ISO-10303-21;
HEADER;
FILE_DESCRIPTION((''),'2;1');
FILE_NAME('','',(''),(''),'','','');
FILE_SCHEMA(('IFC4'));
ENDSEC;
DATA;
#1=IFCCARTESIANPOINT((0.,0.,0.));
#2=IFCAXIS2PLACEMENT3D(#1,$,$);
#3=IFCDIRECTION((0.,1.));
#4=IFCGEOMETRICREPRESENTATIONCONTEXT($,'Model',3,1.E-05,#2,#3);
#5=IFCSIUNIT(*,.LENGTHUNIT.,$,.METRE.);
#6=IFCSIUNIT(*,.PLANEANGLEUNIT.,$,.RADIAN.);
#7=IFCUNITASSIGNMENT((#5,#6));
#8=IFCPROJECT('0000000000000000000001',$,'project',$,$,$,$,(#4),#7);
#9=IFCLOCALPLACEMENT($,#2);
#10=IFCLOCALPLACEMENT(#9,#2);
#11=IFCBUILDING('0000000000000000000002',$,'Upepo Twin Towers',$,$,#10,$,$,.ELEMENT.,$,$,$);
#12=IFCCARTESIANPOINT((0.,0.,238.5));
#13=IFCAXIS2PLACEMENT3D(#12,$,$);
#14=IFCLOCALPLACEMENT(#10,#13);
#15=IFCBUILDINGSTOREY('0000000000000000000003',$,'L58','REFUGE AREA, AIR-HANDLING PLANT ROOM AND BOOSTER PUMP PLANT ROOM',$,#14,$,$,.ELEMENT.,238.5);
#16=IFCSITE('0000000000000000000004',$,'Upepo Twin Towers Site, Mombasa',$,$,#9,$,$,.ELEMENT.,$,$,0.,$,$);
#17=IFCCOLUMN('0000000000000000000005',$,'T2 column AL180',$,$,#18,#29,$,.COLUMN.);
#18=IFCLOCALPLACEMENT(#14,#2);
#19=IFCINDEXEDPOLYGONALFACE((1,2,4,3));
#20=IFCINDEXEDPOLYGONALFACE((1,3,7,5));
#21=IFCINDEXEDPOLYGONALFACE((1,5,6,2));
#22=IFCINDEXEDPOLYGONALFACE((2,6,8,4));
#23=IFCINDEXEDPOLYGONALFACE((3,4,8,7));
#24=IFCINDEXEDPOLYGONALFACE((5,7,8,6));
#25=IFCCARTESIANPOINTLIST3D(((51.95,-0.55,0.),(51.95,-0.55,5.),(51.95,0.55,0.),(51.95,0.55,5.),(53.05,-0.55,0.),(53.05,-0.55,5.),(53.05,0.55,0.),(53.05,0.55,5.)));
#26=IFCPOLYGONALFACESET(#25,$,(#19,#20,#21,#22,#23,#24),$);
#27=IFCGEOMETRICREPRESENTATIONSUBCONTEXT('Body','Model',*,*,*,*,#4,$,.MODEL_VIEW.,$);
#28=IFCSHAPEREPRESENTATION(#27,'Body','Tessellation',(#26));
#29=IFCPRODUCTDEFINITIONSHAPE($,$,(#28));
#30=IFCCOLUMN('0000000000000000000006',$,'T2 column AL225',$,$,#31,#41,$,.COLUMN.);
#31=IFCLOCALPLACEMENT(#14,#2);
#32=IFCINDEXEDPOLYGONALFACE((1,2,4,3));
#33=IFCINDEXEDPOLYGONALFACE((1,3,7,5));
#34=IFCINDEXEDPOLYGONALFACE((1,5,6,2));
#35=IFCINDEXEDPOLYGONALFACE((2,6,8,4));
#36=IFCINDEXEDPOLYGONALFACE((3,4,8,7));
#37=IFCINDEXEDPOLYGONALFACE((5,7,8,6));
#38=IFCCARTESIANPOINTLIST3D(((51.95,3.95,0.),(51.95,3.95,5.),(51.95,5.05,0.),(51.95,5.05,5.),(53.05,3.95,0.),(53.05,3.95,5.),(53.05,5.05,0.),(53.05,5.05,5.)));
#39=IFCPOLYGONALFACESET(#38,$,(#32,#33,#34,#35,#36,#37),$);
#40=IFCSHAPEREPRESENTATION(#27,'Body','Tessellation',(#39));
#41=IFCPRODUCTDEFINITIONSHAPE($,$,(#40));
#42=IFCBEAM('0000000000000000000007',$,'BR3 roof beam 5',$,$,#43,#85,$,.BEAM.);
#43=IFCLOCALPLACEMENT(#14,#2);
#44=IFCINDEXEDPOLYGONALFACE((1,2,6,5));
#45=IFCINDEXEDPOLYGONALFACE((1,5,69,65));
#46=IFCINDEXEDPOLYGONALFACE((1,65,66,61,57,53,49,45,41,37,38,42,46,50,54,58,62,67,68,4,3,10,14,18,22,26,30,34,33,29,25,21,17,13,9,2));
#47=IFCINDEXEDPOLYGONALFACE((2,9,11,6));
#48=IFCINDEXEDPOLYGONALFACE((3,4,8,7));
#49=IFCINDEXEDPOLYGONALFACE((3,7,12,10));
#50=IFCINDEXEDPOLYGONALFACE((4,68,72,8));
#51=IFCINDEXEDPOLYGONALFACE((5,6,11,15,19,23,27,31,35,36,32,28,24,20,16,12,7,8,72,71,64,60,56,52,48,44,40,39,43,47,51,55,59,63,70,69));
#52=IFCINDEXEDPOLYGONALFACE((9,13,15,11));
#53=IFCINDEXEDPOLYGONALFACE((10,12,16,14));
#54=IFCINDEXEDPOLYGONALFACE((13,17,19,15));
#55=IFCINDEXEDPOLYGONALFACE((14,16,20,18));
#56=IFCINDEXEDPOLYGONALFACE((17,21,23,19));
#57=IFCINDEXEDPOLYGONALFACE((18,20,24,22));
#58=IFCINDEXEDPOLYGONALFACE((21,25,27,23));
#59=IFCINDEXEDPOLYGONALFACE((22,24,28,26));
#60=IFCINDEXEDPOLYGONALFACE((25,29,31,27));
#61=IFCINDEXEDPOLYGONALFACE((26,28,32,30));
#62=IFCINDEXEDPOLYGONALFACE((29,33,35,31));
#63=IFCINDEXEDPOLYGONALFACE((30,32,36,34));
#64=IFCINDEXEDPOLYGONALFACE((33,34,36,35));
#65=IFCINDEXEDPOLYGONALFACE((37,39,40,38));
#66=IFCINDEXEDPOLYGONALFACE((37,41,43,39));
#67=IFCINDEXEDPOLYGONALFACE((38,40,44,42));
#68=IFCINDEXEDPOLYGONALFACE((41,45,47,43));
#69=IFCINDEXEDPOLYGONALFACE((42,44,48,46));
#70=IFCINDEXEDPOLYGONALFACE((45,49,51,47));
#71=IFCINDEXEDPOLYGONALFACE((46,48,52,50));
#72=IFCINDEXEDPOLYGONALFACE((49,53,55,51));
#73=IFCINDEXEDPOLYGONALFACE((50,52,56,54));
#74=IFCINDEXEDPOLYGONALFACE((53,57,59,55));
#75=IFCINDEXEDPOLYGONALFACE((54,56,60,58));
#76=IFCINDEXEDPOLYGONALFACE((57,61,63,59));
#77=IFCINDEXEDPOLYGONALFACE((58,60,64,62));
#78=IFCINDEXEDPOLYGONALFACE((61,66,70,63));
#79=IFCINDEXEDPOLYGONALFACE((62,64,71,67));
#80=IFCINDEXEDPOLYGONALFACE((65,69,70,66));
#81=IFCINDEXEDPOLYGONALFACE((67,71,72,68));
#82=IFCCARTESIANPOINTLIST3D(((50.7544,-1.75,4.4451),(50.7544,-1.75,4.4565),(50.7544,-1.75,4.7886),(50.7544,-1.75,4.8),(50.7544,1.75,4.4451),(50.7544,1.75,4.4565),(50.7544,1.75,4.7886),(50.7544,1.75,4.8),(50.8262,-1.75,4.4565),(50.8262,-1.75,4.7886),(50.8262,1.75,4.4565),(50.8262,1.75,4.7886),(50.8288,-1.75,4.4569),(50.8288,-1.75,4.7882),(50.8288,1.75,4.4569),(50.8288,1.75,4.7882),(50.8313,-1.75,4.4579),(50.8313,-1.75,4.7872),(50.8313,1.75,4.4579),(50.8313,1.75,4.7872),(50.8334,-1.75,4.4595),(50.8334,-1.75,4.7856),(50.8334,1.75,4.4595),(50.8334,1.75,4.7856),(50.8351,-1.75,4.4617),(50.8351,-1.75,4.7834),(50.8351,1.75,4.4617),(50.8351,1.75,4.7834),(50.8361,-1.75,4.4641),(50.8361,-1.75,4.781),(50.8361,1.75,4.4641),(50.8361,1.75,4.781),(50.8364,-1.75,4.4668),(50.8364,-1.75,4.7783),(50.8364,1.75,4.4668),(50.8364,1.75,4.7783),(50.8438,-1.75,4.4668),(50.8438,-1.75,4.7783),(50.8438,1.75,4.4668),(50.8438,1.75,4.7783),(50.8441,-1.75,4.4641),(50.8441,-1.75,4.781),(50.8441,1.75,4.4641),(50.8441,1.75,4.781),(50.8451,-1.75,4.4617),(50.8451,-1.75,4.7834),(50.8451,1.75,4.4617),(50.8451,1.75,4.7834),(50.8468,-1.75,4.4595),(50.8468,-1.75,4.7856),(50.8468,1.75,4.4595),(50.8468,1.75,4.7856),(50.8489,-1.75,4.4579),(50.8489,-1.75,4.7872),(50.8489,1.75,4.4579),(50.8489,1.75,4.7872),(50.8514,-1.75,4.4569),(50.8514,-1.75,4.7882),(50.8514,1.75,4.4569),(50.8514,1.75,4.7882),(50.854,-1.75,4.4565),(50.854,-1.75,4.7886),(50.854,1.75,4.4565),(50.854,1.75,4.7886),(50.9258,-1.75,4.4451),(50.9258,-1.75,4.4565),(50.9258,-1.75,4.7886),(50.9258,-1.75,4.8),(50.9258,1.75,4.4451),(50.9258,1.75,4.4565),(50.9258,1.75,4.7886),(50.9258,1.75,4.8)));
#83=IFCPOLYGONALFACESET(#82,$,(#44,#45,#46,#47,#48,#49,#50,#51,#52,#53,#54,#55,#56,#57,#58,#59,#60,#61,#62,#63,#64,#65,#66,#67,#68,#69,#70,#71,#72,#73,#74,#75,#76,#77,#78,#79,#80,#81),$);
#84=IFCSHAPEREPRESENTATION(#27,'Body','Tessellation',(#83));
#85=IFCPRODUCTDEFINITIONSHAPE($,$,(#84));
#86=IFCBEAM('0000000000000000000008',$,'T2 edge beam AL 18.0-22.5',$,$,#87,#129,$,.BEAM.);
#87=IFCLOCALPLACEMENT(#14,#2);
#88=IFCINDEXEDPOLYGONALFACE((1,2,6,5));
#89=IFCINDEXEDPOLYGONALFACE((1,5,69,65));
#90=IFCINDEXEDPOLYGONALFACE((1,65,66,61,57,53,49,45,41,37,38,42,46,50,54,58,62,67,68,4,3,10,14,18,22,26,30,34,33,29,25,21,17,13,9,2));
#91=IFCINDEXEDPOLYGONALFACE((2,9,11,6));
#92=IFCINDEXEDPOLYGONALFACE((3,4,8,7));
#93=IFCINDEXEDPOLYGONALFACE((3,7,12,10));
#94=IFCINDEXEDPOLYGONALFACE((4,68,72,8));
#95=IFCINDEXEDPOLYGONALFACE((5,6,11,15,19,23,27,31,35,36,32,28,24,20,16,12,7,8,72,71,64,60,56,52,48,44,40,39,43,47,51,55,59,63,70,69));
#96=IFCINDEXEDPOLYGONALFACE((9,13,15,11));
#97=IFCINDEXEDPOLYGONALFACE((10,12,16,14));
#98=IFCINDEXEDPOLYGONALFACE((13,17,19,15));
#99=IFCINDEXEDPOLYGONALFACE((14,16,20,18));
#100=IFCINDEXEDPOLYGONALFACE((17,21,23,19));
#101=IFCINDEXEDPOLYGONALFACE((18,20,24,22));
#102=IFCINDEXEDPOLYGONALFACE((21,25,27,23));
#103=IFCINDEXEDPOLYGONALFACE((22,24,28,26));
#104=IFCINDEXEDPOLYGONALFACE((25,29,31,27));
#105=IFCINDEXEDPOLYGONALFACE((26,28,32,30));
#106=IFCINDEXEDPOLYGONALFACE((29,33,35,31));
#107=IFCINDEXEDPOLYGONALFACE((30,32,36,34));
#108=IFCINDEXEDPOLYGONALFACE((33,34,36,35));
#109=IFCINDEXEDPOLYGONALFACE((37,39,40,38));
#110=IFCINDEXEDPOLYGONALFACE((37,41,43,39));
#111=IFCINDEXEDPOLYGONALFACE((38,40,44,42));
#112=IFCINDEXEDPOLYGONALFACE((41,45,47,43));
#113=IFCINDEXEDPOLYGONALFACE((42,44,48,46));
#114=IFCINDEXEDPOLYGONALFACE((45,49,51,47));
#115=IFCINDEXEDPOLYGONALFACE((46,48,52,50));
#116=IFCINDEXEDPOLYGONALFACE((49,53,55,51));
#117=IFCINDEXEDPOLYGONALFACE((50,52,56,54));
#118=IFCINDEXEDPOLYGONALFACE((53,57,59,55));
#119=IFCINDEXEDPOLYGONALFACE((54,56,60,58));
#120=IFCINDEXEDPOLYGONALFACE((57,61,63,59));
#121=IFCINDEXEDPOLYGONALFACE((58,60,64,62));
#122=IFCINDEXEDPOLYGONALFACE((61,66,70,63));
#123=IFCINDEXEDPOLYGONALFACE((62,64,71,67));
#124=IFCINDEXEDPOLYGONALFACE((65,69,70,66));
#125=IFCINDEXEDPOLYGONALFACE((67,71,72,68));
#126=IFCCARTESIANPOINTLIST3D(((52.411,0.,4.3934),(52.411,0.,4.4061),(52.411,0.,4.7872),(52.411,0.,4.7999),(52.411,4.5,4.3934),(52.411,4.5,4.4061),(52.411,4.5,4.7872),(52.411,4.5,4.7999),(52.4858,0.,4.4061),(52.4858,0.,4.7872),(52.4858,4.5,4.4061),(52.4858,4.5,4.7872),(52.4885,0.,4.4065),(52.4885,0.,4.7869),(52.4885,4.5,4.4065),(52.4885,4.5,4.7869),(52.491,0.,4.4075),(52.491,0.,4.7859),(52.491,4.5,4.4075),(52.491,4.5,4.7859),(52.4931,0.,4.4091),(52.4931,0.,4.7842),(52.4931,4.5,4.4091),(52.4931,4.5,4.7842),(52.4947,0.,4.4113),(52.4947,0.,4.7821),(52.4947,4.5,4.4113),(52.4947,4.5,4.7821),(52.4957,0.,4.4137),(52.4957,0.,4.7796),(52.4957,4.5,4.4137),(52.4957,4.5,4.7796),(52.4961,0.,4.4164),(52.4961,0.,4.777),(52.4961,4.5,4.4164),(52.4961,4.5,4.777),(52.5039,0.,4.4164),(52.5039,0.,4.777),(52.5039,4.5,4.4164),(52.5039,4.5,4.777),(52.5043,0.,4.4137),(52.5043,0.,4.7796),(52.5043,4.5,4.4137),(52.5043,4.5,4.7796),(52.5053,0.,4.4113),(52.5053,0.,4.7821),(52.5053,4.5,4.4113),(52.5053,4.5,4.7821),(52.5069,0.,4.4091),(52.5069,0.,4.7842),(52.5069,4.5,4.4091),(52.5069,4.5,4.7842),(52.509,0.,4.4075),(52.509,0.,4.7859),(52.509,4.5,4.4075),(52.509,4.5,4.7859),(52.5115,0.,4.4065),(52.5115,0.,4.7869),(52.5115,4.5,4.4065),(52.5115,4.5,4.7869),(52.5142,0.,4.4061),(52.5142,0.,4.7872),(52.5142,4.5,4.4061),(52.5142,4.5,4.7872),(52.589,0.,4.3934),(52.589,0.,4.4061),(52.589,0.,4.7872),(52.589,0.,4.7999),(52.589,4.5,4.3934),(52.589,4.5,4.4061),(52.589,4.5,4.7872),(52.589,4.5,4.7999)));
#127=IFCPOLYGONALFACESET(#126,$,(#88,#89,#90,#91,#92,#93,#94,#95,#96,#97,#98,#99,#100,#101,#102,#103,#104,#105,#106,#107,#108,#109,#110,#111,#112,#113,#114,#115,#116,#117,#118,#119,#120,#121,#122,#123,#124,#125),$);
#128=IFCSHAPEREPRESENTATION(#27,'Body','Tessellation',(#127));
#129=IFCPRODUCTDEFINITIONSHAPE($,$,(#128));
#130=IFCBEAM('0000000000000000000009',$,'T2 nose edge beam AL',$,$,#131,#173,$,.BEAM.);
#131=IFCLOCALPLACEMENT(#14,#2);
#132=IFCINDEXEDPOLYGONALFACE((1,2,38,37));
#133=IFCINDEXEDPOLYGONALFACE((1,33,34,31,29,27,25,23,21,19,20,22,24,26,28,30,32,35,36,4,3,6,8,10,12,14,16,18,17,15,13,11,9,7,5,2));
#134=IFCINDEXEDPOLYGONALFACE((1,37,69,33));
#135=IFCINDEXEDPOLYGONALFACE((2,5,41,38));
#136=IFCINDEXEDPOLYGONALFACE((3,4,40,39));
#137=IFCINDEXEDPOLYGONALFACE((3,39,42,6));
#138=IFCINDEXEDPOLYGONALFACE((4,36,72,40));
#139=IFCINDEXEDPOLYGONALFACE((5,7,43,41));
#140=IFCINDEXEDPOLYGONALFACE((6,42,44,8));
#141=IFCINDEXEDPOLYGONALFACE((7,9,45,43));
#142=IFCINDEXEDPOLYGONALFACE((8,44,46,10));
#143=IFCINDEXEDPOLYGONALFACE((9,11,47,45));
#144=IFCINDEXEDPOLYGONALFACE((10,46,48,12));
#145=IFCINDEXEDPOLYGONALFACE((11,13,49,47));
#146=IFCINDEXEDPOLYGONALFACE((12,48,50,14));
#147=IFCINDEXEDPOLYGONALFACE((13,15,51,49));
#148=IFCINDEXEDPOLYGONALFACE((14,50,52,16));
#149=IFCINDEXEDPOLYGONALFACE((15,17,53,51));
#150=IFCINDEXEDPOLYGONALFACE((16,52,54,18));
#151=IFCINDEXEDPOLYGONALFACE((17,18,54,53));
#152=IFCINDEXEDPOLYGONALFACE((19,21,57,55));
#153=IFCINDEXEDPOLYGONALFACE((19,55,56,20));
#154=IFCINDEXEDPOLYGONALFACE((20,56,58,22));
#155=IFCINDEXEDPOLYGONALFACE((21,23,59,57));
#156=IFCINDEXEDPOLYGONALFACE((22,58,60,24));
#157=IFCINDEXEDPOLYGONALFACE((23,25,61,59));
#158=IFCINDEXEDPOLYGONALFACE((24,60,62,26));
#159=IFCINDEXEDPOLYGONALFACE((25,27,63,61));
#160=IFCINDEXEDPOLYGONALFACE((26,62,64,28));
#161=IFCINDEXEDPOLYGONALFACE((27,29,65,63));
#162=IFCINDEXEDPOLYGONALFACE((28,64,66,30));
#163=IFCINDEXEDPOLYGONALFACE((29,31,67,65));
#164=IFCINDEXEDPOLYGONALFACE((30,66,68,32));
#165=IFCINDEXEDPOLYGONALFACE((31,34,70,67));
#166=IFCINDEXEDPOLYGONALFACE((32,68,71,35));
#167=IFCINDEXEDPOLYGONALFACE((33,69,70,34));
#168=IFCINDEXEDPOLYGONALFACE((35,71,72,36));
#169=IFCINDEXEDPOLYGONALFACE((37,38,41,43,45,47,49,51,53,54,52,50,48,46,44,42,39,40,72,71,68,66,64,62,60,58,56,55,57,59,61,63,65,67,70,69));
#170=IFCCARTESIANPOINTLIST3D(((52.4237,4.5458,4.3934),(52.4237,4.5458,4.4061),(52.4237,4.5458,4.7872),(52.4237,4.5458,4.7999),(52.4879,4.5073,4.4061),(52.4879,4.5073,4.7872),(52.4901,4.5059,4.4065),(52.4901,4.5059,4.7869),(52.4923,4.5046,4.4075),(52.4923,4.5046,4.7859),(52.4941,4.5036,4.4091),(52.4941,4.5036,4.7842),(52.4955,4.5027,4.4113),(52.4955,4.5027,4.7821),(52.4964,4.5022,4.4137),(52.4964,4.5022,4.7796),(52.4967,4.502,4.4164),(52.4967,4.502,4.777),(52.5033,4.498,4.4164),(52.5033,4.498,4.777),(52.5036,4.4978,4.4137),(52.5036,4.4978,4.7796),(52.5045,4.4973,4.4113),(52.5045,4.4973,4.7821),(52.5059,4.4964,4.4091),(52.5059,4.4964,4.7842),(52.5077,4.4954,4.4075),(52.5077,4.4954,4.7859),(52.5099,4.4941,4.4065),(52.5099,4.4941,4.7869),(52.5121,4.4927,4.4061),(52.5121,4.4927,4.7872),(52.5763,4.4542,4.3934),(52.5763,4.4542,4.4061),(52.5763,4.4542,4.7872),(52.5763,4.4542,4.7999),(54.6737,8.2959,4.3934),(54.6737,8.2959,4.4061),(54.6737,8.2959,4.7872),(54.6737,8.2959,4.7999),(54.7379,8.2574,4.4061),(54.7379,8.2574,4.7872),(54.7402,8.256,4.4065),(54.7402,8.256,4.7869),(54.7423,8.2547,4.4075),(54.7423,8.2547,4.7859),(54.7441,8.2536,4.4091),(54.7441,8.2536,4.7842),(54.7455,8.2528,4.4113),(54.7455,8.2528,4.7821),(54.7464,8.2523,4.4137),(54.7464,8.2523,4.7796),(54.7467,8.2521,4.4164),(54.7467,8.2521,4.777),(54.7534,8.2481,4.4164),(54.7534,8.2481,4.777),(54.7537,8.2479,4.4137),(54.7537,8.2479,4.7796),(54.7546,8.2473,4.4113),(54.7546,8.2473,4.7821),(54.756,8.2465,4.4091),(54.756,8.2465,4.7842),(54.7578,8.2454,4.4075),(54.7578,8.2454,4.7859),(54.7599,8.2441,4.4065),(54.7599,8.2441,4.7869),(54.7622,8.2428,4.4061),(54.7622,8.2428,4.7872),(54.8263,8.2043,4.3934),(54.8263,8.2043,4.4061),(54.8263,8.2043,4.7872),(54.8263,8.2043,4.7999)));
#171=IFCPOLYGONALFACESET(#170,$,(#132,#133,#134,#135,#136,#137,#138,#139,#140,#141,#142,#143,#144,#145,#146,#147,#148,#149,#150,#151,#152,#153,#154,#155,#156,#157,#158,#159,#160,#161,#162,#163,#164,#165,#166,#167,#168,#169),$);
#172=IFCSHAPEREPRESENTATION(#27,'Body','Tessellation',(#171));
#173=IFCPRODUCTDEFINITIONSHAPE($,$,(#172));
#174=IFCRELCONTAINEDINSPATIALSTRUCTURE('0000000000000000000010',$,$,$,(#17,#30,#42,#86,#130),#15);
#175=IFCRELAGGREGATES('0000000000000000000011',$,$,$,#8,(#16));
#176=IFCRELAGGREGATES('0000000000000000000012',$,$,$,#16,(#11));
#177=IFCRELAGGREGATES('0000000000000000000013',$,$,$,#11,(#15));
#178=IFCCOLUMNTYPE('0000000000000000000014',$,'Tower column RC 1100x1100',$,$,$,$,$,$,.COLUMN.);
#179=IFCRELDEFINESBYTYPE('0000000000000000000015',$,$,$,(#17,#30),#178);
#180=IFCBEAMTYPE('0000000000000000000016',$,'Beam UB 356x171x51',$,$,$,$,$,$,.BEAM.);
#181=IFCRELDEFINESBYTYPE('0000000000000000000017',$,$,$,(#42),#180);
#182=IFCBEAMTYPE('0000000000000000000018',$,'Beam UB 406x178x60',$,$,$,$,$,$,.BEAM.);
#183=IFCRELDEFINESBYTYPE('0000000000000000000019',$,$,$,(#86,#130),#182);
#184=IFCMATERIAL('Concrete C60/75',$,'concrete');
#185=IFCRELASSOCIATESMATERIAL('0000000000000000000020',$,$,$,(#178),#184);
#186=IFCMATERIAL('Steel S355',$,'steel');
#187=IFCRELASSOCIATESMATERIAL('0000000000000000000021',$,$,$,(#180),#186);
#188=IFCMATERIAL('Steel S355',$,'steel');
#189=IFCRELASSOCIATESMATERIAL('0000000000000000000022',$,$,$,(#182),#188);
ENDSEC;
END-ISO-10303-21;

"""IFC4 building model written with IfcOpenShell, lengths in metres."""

from ifc_helpers import new_model, si_unit, direction, frame, origin, origin_2d, place, context, subcontext, project, spatial, rectangle, i_section, extrude, material, material_profile, profile_set, type_object, element, save


model = new_model("IFC4")

# Units and contexts
model_context = context("Model", 3, precision=1e-05, world=origin(), true_north=direction((0.0, 1.0)))
body_context = subcontext(model_context, "Body", "Model", "MODEL_VIEW")
ifc_project = project(units=[si_unit("LENGTHUNIT", "METRE"), si_unit("PLANEANGLEUNIT", "RADIAN")], contexts=[model_context])

# Site, building, storey
site_placement = place(None, origin())
site = spatial("IfcSite", under=ifc_project, at=site_placement, Name="Upepo Twin Towers Site, Mombasa", CompositionType="ELEMENT", RefElevation=0.0)
building_placement = place(site_placement, origin())
building = spatial("IfcBuilding", under=site, at=building_placement, Name="Upepo Twin Towers", CompositionType="ELEMENT")
storey_placement = place(building_placement, frame((0.0, 0.0, 238.5)))
storey = spatial("IfcBuildingStorey", under=building, at=storey_placement, Name="L58", Description="REFUGE AREA, AIR-HANDLING PLANT ROOM AND BOOSTER PUMP PLANT ROOM", CompositionType="ELEMENT", Elevation=238.5)

# Columns
ifc_material_1 = material(Name="Concrete C60/75", Category="concrete")
ifc_material_profile_1 = material_profile(ifc_material_1, rectangle(XDim=1.1001, YDim=1.1001, at=origin_2d()), Name="RC 1100x1100")
ifc_profile_set_1 = profile_set([ifc_material_profile_1], Name="Concrete C60/75")
column_type = type_object("IfcColumnType", Name="Tower column RC 1100x1100", PredefinedType="COLUMN", material=ifc_profile_set_1)
for number, where, z_axis, x_axis, name in (
    (1, (52.5, 0.0, 0.0), (0.0, 0.0, 1.0), (1.0, 0.0, 0.0), "T2 column AL180"),
    (2, (52.5, 4.5, 0.0), (0.0, 0.0, 1.0), (1.0, 0.0, 0.0), "T2 column AL225"),
):
    element("IfcColumn", number, at=place(storey_placement, frame(where, z_axis=z_axis, x_axis=x_axis)), inside=storey, type_object=column_type, Name=name, PredefinedType="COLUMN", context=body_context, shape_type="SweptSolid", body=[
        extrude(rectangle(XDim=1.1001, YDim=1.1001, at=origin_2d()), origin(), (0.0, 0.0, 1.0), 5.0),
    ])

# Beams
ifc_material_2 = material(Name="Steel S355", Category="steel")
ifc_material_profile_2 = material_profile(ifc_material_2, i_section(OverallWidth=0.1714, OverallDepth=0.355, WebThickness=0.0073, FlangeThickness=0.0115, FilletRadius=0.0103, at=origin_2d()), Name="UB 356x171x51")
ifc_profile_set_2 = profile_set([ifc_material_profile_2], Name="Steel S355")
beam_type_1 = type_object("IfcBeamType", Name="Beam UB 356x171x51", PredefinedType="BEAM", material=ifc_profile_set_2)
beam_1_placement = place(storey_placement, frame((50.8401, -1.75, 4.6226), z_axis=(0.0, 1.0, 0.0), x_axis=(-1.0, 0.0, 0.0)))
element("IfcBeam", 3, at=beam_1_placement, inside=storey, type_object=beam_type_1, Name="BR3 roof beam 5", PredefinedType="BEAM", context=body_context, shape_type="SweptSolid", body=[
    extrude(i_section(OverallWidth=0.1714, OverallDepth=0.355, WebThickness=0.0073, FlangeThickness=0.0115, FilletRadius=0.0103, at=origin_2d()), origin(), (0.0, 0.0, 1.0), 3.5),
])
ifc_material_3 = material(Name="Steel S355", Category="steel")
ifc_material_profile_3 = material_profile(ifc_material_3, i_section(OverallWidth=0.178, OverallDepth=0.4065, WebThickness=0.0078, FlangeThickness=0.0127, FilletRadius=0.0103, at=origin_2d()), Name="UB 406x178x60")
ifc_profile_set_3 = profile_set([ifc_material_profile_3], Name="Steel S355")
beam_type_2 = type_object("IfcBeamType", Name="Beam UB 406x178x60", PredefinedType="BEAM", material=ifc_profile_set_3)
beam_2_placement = place(storey_placement, frame((52.5, 0.0, 4.5967), z_axis=(0.0, 1.0, 0.0), x_axis=(-1.0, 0.0, 0.0)))
element("IfcBeam", 4, at=beam_2_placement, inside=storey, type_object=beam_type_2, Name="T2 edge beam AL 18.0-22.5", PredefinedType="BEAM", context=body_context, shape_type="SweptSolid", body=[
    extrude(i_section(OverallWidth=0.178, OverallDepth=0.4065, WebThickness=0.0078, FlangeThickness=0.0127, FilletRadius=0.0103, at=origin_2d()), origin(), (0.0, 0.0, 1.0), 4.5),
])
beam_3_placement = place(storey_placement, frame((52.5, 4.5, 4.5967), z_axis=(0.514496, 0.857493, 0.0), x_axis=(-0.857493, 0.514496, 0.0)))
element("IfcBeam", 5, at=beam_3_placement, inside=storey, type_object=beam_type_2, Name="T2 nose edge beam AL", PredefinedType="BEAM", context=body_context, shape_type="SweptSolid", body=[
    extrude(i_section(OverallWidth=0.178, OverallDepth=0.4065, WebThickness=0.0078, FlangeThickness=0.0127, FilletRadius=0.0103, at=origin_2d()), origin(), (0.0, 0.0, 1.0), 4.3733),
])

save(model, "model.ifc")
